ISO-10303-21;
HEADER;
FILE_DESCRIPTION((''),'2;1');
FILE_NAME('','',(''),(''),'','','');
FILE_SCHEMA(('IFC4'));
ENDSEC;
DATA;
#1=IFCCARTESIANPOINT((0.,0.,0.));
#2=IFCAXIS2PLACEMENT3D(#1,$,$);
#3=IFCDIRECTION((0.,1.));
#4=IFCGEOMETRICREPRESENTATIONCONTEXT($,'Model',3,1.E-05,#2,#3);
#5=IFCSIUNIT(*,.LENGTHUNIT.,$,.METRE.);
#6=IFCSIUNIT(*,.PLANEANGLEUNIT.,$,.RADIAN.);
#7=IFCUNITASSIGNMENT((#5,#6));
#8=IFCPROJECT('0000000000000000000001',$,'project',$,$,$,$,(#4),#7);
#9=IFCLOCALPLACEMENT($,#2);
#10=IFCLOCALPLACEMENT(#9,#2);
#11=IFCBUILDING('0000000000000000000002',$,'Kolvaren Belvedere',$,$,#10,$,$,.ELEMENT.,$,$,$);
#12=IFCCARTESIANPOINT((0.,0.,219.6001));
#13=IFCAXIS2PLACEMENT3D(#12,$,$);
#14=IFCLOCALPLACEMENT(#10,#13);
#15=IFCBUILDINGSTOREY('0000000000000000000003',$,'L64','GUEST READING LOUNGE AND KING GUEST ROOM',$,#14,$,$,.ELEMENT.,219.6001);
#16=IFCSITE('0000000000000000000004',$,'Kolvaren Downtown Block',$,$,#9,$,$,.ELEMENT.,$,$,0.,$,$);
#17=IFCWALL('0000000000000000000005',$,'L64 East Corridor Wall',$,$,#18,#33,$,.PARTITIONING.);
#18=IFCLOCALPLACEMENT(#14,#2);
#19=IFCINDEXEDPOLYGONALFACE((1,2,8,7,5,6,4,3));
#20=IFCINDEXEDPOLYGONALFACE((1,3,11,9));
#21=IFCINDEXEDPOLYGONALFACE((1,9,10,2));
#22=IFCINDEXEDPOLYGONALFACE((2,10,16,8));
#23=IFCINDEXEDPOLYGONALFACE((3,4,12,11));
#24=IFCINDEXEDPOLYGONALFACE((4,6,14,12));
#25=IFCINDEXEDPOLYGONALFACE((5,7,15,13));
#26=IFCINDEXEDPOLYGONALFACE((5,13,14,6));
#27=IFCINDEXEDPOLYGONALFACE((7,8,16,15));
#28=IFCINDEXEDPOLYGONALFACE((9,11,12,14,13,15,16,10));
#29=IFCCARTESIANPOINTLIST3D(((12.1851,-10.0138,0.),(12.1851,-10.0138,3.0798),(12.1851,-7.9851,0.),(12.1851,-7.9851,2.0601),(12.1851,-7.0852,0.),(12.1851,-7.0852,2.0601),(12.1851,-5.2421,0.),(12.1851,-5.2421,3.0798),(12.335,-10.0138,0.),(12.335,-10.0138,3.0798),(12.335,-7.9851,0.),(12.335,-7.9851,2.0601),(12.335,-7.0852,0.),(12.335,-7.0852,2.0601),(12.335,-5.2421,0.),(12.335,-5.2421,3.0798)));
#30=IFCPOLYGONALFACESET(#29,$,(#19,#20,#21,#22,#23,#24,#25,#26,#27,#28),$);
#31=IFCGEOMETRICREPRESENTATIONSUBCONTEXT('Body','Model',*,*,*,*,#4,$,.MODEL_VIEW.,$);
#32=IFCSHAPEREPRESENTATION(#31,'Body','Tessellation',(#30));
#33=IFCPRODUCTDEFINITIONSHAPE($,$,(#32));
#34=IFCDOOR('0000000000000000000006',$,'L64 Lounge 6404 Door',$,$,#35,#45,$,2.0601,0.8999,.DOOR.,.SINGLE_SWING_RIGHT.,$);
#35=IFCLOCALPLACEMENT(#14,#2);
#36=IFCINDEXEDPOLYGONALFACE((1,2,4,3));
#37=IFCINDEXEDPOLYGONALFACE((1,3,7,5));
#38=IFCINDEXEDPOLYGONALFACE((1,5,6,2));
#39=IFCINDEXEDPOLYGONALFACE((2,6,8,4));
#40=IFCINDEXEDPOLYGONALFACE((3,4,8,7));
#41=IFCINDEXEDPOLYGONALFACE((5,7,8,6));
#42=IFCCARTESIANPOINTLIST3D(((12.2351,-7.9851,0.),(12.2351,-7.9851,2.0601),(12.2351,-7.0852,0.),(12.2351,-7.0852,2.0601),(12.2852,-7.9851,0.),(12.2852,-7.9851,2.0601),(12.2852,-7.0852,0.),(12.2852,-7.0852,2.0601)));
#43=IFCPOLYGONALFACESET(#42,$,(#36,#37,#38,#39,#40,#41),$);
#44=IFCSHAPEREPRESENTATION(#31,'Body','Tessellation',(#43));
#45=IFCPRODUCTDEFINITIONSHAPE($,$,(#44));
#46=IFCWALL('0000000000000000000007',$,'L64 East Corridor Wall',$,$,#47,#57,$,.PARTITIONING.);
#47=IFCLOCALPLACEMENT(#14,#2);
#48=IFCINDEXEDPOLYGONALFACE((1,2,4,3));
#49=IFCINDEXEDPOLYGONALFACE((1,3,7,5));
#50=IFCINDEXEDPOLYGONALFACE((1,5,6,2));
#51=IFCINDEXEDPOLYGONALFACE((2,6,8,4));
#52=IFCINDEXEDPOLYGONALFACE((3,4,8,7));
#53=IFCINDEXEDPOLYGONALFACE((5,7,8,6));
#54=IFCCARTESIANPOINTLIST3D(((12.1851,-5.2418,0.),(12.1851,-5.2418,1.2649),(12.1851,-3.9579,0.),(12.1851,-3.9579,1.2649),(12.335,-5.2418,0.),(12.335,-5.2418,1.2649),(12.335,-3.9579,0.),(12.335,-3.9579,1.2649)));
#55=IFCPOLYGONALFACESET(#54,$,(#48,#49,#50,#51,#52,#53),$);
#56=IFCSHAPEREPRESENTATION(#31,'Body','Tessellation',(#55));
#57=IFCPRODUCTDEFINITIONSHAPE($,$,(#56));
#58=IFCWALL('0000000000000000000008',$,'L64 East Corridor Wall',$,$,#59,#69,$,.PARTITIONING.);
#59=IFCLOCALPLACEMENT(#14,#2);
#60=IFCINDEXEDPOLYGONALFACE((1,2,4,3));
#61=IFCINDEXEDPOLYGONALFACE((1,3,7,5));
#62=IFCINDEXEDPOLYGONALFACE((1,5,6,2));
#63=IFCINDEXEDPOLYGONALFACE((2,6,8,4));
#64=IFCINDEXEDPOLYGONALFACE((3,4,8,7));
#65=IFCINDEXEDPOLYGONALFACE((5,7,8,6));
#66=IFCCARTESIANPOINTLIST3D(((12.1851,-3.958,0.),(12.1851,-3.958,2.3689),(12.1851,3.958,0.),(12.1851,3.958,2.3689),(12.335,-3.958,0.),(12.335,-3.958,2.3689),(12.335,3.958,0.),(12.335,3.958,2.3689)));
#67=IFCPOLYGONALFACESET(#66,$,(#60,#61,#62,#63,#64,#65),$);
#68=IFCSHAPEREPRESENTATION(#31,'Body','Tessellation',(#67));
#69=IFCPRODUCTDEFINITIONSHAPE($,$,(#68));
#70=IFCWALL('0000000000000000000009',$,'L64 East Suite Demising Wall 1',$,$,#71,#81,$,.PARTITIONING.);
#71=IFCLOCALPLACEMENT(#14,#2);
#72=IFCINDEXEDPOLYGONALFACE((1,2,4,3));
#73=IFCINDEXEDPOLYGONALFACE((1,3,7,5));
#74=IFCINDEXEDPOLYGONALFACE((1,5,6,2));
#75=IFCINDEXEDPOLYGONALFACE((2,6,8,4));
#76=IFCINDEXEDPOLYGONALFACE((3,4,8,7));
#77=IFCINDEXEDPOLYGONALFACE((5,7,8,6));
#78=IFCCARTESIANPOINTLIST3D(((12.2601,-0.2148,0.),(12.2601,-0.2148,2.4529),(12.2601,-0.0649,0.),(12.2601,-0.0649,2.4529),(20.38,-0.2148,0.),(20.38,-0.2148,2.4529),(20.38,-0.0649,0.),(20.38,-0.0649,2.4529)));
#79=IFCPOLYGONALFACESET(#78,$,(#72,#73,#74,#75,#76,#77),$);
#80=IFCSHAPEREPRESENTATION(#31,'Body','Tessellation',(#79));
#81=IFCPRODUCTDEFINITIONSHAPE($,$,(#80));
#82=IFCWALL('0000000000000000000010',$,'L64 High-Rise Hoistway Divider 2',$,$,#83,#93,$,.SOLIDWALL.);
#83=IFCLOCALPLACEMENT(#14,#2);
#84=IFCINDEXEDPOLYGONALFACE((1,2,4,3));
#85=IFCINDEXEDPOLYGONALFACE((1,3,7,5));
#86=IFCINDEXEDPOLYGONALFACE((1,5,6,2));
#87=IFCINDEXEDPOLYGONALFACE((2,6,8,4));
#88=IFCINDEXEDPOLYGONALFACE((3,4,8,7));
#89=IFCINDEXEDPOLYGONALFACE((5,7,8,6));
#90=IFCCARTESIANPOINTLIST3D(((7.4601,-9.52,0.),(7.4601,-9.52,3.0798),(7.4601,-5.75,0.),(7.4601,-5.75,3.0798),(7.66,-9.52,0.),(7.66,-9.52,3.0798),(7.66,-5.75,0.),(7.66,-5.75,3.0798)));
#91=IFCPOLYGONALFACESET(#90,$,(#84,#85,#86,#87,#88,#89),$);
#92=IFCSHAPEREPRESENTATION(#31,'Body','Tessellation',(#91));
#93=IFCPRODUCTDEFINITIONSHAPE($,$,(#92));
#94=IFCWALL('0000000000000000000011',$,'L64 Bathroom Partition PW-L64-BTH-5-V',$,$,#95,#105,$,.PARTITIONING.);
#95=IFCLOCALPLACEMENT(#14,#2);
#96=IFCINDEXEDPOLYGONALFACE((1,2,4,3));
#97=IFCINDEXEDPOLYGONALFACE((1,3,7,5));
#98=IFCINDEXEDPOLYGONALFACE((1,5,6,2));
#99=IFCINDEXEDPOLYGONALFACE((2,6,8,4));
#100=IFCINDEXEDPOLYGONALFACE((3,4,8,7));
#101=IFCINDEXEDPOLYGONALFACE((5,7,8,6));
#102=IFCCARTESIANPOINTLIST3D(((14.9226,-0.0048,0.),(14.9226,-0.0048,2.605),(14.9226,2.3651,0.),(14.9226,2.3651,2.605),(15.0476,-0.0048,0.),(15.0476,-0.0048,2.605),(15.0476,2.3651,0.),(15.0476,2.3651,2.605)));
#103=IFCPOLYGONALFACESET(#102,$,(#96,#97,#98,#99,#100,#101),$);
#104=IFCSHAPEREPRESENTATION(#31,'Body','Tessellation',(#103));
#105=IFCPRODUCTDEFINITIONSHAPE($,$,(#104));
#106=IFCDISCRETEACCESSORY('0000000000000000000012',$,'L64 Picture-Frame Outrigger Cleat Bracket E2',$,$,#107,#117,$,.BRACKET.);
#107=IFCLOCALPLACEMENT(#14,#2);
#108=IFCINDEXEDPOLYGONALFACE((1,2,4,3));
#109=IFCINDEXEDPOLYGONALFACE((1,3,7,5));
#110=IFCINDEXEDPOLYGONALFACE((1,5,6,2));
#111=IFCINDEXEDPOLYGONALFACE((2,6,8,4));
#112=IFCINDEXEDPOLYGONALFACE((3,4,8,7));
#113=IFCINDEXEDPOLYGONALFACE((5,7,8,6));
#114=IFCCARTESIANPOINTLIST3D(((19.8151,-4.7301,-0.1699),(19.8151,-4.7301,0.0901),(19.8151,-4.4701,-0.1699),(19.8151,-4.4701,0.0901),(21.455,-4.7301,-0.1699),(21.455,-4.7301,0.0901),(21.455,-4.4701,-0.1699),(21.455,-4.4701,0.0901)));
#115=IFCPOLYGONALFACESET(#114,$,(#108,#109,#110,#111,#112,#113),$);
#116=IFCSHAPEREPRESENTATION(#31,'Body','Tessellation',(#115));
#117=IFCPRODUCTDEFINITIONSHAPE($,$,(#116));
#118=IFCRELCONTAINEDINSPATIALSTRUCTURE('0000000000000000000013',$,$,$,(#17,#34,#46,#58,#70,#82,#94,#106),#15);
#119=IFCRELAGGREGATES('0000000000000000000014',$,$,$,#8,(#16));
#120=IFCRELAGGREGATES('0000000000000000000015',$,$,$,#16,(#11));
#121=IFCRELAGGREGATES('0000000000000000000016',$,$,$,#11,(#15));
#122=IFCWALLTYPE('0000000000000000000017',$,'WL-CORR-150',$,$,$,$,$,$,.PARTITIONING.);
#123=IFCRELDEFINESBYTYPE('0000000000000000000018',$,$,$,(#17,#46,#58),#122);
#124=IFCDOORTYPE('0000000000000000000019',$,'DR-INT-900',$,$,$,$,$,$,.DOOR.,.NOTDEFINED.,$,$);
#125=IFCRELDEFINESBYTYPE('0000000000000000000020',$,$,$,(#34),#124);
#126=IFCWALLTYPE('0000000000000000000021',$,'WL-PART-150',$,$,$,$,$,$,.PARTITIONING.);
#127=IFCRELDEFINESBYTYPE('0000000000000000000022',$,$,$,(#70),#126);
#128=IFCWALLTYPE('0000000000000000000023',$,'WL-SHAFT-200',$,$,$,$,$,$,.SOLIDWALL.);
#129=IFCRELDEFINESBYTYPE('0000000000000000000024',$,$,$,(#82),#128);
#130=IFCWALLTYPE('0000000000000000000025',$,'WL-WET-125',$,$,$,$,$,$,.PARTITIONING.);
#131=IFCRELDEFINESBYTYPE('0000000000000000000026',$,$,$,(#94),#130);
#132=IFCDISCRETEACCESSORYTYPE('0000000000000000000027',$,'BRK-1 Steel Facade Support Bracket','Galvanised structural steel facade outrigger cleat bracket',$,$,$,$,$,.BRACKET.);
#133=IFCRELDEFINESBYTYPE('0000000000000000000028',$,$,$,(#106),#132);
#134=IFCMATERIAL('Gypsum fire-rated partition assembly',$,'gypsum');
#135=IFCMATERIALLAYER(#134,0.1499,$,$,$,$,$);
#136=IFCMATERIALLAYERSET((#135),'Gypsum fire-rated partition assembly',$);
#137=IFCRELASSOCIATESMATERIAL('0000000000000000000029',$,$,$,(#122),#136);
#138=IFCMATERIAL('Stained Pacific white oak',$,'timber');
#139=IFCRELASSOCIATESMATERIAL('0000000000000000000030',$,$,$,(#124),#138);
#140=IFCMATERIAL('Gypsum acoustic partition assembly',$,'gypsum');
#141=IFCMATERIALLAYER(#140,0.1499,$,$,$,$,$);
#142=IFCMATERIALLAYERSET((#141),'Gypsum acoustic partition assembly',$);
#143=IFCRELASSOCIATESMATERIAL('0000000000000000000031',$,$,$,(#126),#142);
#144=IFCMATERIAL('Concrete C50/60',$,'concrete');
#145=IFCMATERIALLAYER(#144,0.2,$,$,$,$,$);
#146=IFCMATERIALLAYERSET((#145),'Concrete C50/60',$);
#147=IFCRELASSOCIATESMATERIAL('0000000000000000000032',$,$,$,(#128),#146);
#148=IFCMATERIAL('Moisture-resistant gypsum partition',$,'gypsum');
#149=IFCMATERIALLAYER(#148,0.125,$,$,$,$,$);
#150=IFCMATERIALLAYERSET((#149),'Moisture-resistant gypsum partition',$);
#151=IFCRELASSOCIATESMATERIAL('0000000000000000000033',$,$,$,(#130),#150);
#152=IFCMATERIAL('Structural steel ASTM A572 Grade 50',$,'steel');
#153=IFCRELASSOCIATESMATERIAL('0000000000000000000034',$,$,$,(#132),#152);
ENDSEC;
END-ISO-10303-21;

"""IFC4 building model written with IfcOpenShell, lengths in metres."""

from ifc_helpers import new_model, si_unit, direction, frame, frame_2d, origin, origin_2d, place, context, subcontext, project, spatial, rectangle, extrude, material, layer, layer_set, type_object, element, fill, save


model = new_model("IFC4")

# Units and contexts
model_context = context("Model", 3, precision=1e-05, world=origin(), true_north=direction((0.0, 1.0)))
body_context = subcontext(model_context, "Body", "Model", "MODEL_VIEW")
ifc_project = project(units=[si_unit("LENGTHUNIT", "METRE"), si_unit("PLANEANGLEUNIT", "RADIAN")], contexts=[model_context])

# Site, building, storey
site_placement = place(None, origin())
site = spatial("IfcSite", under=ifc_project, at=site_placement, Name="Kolvaren Downtown Block", CompositionType="ELEMENT", RefElevation=0.0)
building_placement = place(site_placement, origin())
building = spatial("IfcBuilding", under=site, at=building_placement, Name="Kolvaren Belvedere", CompositionType="ELEMENT")
storey_placement = place(building_placement, frame((0.0, 0.0, 219.6001)))
storey = spatial("IfcBuildingStorey", under=building, at=storey_placement, Name="L64", Description="GUEST READING LOUNGE AND KING GUEST ROOM", CompositionType="ELEMENT", Elevation=219.6001)

# Wall, opening, door
ifc_material_1 = material(Name="Gypsum fire-rated partition assembly", Category="gypsum")
ifc_layer_1 = layer(ifc_material_1, 0.1499)
ifc_layer_set_1 = layer_set([ifc_layer_1], Name="Gypsum fire-rated partition assembly")
wall_type_1 = type_object("IfcWallType", Name="WL-CORR-150", PredefinedType="PARTITIONING", material=ifc_layer_set_1)
wall_1_placement = place(storey_placement, frame((12.26, -10.0137, 0.0), z_axis=(0.0, 0.0, 1.0), x_axis=(0.0, 1.0, 0.0)))
wall_1 = element("IfcWall", 1, at=wall_1_placement, inside=storey, type_object=wall_type_1, Name="L64 East Corridor Wall", PredefinedType="PARTITIONING", context=body_context, shape_type="SweptSolid", body=[
    extrude(rectangle(XDim=4.7717, YDim=0.1499, at=frame_2d((2.3857, 0.0))), origin(), (0.0, 0.0, 1.0), 3.0798),
])
opening_1_placement = place(wall_1_placement, frame((2.0286, 0.0, 0.0)))
opening_1 = element("IfcOpeningElement", 2, at=opening_1_placement, cuts=wall_1, PredefinedType="OPENING", context=body_context, shape_type="SweptSolid", body=[
    extrude(rectangle(XDim=0.8999, YDim=2.0601, at=frame_2d((0.45, 1.03))), frame((0.0, 0.085, 0.0), z_axis=(0.0, -1.0, 0.0), x_axis=(1.0, 0.0, 0.0)), (0.0, 0.0, 1.0), 0.1699),
])
ifc_material_2 = material(Name="Stained Pacific white oak", Category="timber")
door_type_1 = type_object("IfcDoorType", Name="DR-INT-900", OperationType="NOTDEFINED", PredefinedType="DOOR", material=ifc_material_2)
door_1_placement = place(opening_1_placement, origin())
door_1 = element("IfcDoor", 3, at=door_1_placement, inside=storey, type_object=door_type_1, Name="L64 Lounge 6404 Door", OperationType="SINGLE_SWING_RIGHT", OverallHeight=2.0601, OverallWidth=0.8999, PredefinedType="DOOR", context=body_context, shape_type="SweptSolid", body=[
    extrude(rectangle(XDim=0.8999, YDim=2.0601, at=frame_2d((0.45, 1.03))), frame((0.0, 0.0249, 0.0), z_axis=(0.0, -1.0, 0.0), x_axis=(1.0, 0.0, 0.0)), (0.0, 0.0, 1.0), 0.05),
])
fill(opening_1, door_1)

# Walls
wall_2_placement = place(storey_placement, frame((12.26, -5.2419, 0.0), z_axis=(0.0, 0.0, 1.0), x_axis=(0.0, 1.0, 0.0)))
element("IfcWall", 4, at=wall_2_placement, inside=storey, type_object=wall_type_1, Name="L64 East Corridor Wall", PredefinedType="PARTITIONING", context=body_context, shape_type="SweptSolid", body=[
    extrude(rectangle(XDim=1.2839, YDim=0.1499, at=frame_2d((0.6421, 0.0))), origin(), (0.0, 0.0, 1.0), 1.2649),
])
wall_3_placement = place(storey_placement, frame((12.26, -3.958, 0.0), z_axis=(0.0, 0.0, 1.0), x_axis=(0.0, 1.0, 0.0)))
element("IfcWall", 5, at=wall_3_placement, inside=storey, type_object=wall_type_1, Name="L64 East Corridor Wall", PredefinedType="PARTITIONING", context=body_context, shape_type="SweptSolid", body=[
    extrude(rectangle(XDim=7.916, YDim=0.1499, at=frame_2d((3.958, 0.0))), origin(), (0.0, 0.0, 1.0), 2.3689),
])
ifc_material_3 = material(Name="Gypsum acoustic partition assembly", Category="gypsum")
ifc_layer_2 = layer(ifc_material_3, 0.1499)
ifc_layer_set_2 = layer_set([ifc_layer_2], Name="Gypsum acoustic partition assembly")
wall_type_2 = type_object("IfcWallType", Name="WL-PART-150", PredefinedType="PARTITIONING", material=ifc_layer_set_2)
wall_4_placement = place(storey_placement, frame((12.26, -0.1399, 0.0), z_axis=(0.0, 0.0, 1.0), x_axis=(1.0, 0.0, 0.0)))
element("IfcWall", 6, at=wall_4_placement, inside=storey, type_object=wall_type_2, Name="L64 East Suite Demising Wall 1", PredefinedType="PARTITIONING", context=body_context, shape_type="SweptSolid", body=[
    extrude(rectangle(XDim=8.1199, YDim=0.1499, at=frame_2d((4.0601, 0.0))), origin(), (0.0, 0.0, 1.0), 2.4529),
])
ifc_material_4 = material(Name="Concrete C50/60", Category="concrete")
ifc_layer_3 = layer(ifc_material_4, 0.2)
ifc_layer_set_3 = layer_set([ifc_layer_3], Name="Concrete C50/60")
wall_type_3 = type_object("IfcWallType", Name="WL-SHAFT-200", PredefinedType="SOLIDWALL", material=ifc_layer_set_3)
wall_5_placement = place(storey_placement, frame((7.5601, -9.52, 0.0), z_axis=(0.0, 0.0, 1.0), x_axis=(0.0, 1.0, 0.0)))
element("IfcWall", 7, at=wall_5_placement, inside=storey, type_object=wall_type_3, Name="L64 High-Rise Hoistway Divider 2", PredefinedType="SOLIDWALL", context=body_context, shape_type="SweptSolid", body=[
    extrude(rectangle(XDim=3.77, YDim=0.2, at=frame_2d((1.885, 0.0))), origin(), (0.0, 0.0, 1.0), 3.0798),
])
ifc_material_5 = material(Name="Moisture-resistant gypsum partition", Category="gypsum")
ifc_layer_4 = layer(ifc_material_5, 0.125)
ifc_layer_set_4 = layer_set([ifc_layer_4], Name="Moisture-resistant gypsum partition")
wall_type_4 = type_object("IfcWallType", Name="WL-WET-125", PredefinedType="PARTITIONING", material=ifc_layer_set_4)
wall_6_placement = place(storey_placement, frame((14.9851, -0.0049, 0.0), z_axis=(0.0, 0.0, 1.0), x_axis=(0.0, 1.0, 0.0)))
element("IfcWall", 8, at=wall_6_placement, inside=storey, type_object=wall_type_4, Name="L64 Bathroom Partition PW-L64-BTH-5-V", PredefinedType="PARTITIONING", context=body_context, shape_type="SweptSolid", body=[
    extrude(rectangle(XDim=2.3699, YDim=0.125, at=frame_2d((1.1851, 0.0))), origin(), (0.0, 0.0, 1.0), 2.605),
])

# Discrete accessory
ifc_material_6 = material(Name="Structural steel ASTM A572 Grade 50", Category="steel")
discrete_accessory_type = type_object("IfcDiscreteAccessoryType", Name="BRK-1 Steel Facade Support Bracket", Description="Galvanised structural steel facade outrigger cleat bracket", PredefinedType="BRACKET", material=ifc_material_6)
discrete_accessory_placement = place(storey_placement, frame((20.635, -4.6001, -0.1699), z_axis=(0.0, 0.0, 1.0), x_axis=(1.0, 0.0, 0.0)))
element("IfcDiscreteAccessory", 9, at=discrete_accessory_placement, inside=storey, type_object=discrete_accessory_type, Name="L64 Picture-Frame Outrigger Cleat Bracket E2", PredefinedType="BRACKET", context=body_context, shape_type="SweptSolid", body=[
    extrude(rectangle(XDim=1.6399, YDim=0.26, at=origin_2d()), origin(), (0.0, 0.0, 1.0), 0.26),
])

save(model, "model.ifc")
